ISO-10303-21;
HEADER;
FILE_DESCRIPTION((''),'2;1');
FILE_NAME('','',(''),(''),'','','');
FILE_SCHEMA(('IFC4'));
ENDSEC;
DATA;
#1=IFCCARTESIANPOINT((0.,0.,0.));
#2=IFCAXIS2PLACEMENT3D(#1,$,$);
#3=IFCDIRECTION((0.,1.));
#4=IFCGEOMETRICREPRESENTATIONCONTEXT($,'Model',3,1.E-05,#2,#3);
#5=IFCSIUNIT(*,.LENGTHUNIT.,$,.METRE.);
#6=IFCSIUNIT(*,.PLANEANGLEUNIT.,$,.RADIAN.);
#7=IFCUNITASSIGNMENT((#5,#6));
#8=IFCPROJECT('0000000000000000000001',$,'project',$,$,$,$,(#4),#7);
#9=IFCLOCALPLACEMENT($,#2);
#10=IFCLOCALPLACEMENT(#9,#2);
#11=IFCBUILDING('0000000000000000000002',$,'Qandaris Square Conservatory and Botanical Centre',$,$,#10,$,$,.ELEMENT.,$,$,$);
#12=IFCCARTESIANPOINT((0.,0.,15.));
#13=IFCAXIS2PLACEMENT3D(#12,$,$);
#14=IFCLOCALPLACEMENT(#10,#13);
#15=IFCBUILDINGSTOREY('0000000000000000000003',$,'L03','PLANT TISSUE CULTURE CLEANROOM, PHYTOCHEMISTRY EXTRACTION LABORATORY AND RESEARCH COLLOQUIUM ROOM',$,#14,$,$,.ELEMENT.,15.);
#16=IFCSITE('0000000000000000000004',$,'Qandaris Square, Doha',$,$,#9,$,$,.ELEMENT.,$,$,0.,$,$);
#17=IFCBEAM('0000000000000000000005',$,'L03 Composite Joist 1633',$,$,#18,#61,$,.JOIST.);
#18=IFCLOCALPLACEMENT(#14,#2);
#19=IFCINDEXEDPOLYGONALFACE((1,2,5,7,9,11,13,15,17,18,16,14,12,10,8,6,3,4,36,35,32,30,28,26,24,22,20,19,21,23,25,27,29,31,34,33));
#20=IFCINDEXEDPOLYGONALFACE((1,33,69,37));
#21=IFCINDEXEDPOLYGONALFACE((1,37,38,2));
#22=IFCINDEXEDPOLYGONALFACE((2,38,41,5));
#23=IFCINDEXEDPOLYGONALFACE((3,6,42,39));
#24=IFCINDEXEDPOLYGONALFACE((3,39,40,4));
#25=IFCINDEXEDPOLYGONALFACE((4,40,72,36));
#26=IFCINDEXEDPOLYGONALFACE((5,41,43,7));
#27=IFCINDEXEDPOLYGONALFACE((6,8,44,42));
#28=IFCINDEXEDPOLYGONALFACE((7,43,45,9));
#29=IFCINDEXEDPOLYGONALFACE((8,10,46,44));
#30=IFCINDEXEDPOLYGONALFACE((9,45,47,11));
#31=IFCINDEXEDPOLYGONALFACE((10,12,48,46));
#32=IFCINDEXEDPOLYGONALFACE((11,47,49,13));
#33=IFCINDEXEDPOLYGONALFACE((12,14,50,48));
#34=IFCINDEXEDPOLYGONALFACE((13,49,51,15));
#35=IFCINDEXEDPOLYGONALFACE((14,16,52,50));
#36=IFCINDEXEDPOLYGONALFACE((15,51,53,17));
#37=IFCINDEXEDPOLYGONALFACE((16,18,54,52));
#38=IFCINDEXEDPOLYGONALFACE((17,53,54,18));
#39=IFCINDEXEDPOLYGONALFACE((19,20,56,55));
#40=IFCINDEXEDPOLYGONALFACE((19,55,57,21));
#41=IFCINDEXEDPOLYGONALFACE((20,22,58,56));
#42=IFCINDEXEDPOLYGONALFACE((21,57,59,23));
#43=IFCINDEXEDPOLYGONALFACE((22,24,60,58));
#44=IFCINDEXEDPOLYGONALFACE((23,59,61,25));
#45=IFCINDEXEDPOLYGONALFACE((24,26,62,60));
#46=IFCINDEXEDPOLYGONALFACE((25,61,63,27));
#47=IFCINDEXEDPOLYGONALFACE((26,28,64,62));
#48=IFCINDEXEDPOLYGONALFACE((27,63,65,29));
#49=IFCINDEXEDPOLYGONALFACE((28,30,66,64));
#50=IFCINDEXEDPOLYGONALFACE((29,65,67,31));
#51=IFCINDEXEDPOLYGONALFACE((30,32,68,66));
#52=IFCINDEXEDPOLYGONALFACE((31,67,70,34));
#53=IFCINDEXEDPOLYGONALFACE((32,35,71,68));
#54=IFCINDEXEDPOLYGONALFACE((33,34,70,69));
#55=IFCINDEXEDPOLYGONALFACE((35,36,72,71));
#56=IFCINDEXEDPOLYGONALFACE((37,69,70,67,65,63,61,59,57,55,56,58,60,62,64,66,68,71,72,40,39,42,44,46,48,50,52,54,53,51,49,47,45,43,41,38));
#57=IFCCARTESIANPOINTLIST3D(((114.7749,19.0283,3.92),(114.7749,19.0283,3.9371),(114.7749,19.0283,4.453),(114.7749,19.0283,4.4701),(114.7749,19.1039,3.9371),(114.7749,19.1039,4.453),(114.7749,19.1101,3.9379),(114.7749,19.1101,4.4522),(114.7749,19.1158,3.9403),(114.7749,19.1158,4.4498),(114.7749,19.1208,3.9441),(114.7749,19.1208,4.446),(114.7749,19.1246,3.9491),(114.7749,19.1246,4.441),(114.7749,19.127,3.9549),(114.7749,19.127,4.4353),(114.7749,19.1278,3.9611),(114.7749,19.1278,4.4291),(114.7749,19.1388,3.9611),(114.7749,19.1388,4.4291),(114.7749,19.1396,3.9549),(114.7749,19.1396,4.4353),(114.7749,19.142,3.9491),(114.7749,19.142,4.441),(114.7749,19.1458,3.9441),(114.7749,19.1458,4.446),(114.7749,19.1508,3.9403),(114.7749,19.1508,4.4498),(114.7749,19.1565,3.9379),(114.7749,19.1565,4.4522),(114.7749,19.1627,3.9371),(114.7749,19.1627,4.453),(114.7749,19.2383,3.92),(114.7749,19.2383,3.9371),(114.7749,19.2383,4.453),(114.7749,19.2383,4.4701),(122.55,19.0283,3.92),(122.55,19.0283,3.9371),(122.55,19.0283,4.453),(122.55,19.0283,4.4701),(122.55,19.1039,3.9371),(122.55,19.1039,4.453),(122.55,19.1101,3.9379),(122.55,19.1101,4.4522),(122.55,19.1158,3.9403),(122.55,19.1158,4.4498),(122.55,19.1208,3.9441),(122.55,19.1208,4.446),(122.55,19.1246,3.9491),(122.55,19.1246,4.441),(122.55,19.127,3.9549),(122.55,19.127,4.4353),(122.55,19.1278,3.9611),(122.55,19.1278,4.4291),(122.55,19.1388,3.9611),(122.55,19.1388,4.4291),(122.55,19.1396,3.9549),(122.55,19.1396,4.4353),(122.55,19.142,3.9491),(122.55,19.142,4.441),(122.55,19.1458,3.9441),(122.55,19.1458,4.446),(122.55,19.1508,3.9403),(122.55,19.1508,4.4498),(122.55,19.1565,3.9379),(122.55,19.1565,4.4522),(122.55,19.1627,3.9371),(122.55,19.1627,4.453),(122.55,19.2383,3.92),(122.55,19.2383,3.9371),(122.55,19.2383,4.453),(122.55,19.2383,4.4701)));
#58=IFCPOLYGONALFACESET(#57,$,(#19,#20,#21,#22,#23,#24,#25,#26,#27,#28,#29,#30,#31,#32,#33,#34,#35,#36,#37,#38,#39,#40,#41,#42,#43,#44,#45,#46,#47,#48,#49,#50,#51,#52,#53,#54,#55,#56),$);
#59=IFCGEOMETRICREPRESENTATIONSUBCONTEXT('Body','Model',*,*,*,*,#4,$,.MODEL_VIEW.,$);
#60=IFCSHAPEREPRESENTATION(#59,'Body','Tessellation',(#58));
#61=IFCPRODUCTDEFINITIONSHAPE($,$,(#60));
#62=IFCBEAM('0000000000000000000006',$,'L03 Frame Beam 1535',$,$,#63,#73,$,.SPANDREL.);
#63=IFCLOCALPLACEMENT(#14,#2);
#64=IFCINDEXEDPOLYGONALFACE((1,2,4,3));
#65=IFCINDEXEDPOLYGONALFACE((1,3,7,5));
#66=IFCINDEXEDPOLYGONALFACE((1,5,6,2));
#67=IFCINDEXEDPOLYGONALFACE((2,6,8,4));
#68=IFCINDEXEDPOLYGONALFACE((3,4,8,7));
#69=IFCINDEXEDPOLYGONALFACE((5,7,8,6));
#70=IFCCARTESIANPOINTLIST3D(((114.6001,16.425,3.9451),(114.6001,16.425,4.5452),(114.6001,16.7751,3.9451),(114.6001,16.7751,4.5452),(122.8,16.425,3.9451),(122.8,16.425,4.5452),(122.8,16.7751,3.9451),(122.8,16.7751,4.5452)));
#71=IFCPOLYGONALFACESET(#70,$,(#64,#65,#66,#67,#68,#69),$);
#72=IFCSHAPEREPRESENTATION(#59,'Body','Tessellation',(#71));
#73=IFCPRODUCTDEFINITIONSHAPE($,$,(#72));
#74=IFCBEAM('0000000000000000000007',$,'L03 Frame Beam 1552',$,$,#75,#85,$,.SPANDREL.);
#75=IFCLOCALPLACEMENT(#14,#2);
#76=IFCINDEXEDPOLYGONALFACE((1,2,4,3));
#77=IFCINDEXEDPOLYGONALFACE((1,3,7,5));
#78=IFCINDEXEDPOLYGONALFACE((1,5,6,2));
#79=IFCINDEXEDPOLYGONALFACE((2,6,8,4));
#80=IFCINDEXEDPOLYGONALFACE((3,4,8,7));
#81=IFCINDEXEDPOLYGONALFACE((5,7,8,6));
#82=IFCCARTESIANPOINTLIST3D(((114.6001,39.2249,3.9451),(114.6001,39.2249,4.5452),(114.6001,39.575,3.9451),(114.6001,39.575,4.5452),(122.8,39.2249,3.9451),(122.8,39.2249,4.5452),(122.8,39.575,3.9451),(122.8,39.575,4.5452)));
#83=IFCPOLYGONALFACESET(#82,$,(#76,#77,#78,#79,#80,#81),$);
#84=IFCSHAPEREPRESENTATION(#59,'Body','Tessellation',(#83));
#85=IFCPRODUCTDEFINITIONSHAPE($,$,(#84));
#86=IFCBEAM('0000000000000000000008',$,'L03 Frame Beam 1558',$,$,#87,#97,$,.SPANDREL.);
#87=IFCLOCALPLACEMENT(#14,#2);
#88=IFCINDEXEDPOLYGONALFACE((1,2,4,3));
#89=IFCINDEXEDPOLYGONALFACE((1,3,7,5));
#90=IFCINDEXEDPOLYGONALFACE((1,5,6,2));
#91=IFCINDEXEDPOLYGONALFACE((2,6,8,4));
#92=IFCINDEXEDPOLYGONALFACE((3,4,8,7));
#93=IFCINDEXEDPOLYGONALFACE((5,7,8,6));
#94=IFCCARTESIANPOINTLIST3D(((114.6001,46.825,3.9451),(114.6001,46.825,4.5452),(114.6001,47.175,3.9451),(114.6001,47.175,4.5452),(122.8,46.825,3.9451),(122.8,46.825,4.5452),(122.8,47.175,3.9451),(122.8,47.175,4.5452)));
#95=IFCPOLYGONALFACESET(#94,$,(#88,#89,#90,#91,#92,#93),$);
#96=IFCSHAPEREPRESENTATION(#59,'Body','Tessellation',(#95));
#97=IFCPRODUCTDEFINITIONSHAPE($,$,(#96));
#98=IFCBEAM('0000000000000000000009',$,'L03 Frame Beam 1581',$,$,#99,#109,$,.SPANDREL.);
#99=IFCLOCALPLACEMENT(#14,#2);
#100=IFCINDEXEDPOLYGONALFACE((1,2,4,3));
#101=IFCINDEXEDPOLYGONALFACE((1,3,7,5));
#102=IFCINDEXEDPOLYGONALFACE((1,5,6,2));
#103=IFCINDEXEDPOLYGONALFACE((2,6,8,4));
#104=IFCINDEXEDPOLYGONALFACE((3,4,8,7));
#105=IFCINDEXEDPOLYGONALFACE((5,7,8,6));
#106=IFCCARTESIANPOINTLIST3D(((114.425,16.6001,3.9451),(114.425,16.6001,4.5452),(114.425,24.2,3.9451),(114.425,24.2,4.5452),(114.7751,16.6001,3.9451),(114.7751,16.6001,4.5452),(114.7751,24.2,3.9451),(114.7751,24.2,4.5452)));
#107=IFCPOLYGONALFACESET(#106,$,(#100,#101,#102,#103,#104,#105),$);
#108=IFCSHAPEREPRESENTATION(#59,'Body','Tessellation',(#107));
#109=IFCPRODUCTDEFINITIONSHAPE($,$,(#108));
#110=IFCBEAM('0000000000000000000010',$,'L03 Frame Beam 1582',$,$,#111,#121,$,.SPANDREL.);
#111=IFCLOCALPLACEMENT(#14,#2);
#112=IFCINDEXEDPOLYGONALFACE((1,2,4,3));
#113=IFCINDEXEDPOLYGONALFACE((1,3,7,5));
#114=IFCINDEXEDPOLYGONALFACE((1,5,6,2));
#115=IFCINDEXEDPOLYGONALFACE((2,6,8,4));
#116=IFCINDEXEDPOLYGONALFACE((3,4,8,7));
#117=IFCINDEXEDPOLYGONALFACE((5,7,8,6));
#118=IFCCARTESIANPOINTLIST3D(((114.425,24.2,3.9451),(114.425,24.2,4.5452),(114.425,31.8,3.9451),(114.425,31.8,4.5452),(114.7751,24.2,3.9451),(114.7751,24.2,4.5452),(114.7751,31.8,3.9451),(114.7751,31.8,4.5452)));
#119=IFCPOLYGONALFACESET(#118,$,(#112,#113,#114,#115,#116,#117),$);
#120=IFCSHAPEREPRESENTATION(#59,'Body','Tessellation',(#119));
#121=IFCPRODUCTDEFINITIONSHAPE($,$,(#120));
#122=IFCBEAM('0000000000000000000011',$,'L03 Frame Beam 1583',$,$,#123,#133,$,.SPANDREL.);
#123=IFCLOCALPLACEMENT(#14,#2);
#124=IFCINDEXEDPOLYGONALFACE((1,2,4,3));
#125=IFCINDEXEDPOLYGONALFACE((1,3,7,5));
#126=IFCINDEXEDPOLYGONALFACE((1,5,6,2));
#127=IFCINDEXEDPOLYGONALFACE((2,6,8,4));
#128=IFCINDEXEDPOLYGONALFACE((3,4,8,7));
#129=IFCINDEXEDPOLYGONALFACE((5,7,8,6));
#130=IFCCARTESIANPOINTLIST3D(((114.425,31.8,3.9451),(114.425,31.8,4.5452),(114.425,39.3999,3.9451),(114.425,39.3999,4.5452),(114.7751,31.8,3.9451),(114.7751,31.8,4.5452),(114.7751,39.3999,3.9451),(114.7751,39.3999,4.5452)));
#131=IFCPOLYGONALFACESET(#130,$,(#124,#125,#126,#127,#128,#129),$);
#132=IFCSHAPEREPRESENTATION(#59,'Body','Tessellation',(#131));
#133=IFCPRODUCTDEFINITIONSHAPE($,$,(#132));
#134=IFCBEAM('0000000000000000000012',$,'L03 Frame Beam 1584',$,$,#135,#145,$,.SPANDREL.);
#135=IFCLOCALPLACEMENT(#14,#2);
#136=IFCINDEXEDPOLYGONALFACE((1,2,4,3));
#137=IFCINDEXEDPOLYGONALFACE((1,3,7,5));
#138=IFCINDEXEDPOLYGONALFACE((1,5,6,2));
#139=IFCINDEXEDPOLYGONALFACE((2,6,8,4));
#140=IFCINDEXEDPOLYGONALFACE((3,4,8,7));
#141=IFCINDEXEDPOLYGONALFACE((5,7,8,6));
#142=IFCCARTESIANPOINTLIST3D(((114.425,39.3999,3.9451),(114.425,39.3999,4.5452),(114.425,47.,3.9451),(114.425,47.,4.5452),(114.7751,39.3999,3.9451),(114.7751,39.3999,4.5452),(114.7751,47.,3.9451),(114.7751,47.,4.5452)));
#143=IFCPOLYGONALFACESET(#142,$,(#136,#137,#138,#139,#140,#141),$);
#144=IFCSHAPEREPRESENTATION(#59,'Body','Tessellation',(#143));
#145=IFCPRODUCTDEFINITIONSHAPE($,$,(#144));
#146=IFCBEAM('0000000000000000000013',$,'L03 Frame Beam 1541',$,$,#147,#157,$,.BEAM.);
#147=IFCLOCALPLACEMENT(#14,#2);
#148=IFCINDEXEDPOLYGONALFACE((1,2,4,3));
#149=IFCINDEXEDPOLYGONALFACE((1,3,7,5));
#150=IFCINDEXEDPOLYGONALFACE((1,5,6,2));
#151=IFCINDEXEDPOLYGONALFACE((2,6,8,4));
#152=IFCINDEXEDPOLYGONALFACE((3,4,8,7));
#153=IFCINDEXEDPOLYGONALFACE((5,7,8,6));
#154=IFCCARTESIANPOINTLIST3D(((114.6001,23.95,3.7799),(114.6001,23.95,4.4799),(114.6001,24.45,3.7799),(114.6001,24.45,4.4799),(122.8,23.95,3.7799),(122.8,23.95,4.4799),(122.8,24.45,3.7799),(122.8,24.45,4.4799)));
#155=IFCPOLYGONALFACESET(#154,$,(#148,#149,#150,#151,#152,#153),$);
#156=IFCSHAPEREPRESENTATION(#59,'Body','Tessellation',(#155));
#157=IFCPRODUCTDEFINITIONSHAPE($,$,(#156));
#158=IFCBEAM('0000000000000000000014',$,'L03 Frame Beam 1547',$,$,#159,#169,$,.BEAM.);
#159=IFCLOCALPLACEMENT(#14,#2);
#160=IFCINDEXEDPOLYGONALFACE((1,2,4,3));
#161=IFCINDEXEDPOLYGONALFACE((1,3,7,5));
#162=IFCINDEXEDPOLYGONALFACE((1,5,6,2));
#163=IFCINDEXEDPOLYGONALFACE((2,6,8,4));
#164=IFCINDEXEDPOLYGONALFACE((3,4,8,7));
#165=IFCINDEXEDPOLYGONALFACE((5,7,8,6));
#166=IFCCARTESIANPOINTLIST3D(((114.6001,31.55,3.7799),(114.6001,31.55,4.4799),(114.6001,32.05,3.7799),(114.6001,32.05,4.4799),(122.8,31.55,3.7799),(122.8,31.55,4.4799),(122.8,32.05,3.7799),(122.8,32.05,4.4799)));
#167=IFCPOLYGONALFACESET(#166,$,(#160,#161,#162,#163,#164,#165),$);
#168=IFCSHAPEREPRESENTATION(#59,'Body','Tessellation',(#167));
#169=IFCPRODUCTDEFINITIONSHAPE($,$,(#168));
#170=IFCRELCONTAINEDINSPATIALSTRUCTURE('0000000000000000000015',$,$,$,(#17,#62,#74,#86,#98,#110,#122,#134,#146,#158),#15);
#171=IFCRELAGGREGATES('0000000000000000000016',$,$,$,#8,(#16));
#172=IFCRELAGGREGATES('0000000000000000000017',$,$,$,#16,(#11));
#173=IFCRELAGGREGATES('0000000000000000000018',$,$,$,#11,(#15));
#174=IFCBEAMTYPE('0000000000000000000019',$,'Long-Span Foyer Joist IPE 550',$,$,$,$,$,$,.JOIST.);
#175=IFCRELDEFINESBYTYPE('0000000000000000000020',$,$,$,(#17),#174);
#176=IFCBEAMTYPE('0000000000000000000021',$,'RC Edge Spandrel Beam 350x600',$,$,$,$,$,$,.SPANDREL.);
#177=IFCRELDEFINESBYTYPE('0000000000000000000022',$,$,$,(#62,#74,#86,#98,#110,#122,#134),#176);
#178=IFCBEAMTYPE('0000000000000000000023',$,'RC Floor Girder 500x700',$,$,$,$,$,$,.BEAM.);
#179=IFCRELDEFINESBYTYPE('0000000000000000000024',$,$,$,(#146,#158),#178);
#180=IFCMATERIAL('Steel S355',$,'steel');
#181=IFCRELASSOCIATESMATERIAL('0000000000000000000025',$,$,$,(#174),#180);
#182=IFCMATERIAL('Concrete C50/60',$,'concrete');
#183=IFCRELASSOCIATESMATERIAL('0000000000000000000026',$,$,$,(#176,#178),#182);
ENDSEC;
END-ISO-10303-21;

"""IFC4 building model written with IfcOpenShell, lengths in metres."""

from ifc_helpers import new_model, si_unit, direction, frame, origin, origin_2d, place, context, subcontext, project, spatial, rectangle, i_section, extrude, material, material_profile, profile_set, type_object, element, save


model = new_model("IFC4")

# Units and contexts
model_context = context("Model", 3, precision=1e-05, world=origin(), true_north=direction((0.0, 1.0)))
body_context = subcontext(model_context, "Body", "Model", "MODEL_VIEW")
ifc_project = project(units=[si_unit("LENGTHUNIT", "METRE"), si_unit("PLANEANGLEUNIT", "RADIAN")], contexts=[model_context])

# Site, building, storey
site_placement = place(None, origin())
site = spatial("IfcSite", under=ifc_project, at=site_placement, Name="Qandaris Square, Doha", CompositionType="ELEMENT", RefElevation=0.0)
building_placement = place(site_placement, origin())
building = spatial("IfcBuilding", under=site, at=building_placement, Name="Qandaris Square Conservatory and Botanical Centre", CompositionType="ELEMENT")
storey_placement = place(building_placement, frame((0.0, 0.0, 15.0)))
storey = spatial("IfcBuildingStorey", under=building, at=storey_placement, Name="L03", Description="PLANT TISSUE CULTURE CLEANROOM, PHYTOCHEMISTRY EXTRACTION LABORATORY AND RESEARCH COLLOQUIUM ROOM", CompositionType="ELEMENT", Elevation=15.0)

# Shared definitions
ifc_material_1 = material(Name="Concrete C50/60", Category="concrete")

# Beams
ifc_material_2 = material(Name="Steel S355", Category="steel")
ifc_material_profile_1 = material_profile(ifc_material_2, i_section(OverallWidth=0.21, OverallDepth=0.55, WebThickness=0.011, FlangeThickness=0.0171, FilletRadius=0.0239, at=origin_2d()), Name="IPE 550")
ifc_profile_set_1 = profile_set([ifc_material_profile_1], Name="Steel S355")
beam_type_1 = type_object("IfcBeamType", Name="Long-Span Foyer Joist IPE 550", PredefinedType="JOIST", material=ifc_profile_set_1)
beam_1_placement = place(storey_placement, frame((114.7749, 19.1333, 4.1951), z_axis=(1.0, 0.0, 0.0), x_axis=(0.0, 1.0, 0.0)))
element("IfcBeam", 1, at=beam_1_placement, inside=storey, type_object=beam_type_1, Name="L03 Composite Joist 1633", PredefinedType="JOIST", context=body_context, shape_type="SweptSolid", body=[
    extrude(i_section(OverallWidth=0.21, OverallDepth=0.55, WebThickness=0.011, FlangeThickness=0.0171, FilletRadius=0.0239, at=origin_2d()), origin(), (0.0, 0.0, 1.0), 7.7751),
])
ifc_material_profile_2 = material_profile(ifc_material_1, rectangle(XDim=0.3501, YDim=0.6001, at=origin_2d()), Name="RC-SP 350x600")
ifc_profile_set_2 = profile_set([ifc_material_profile_2], Name="Concrete C50/60")
beam_type_2 = type_object("IfcBeamType", Name="RC Edge Spandrel Beam 350x600", PredefinedType="SPANDREL", material=ifc_profile_set_2)
for number, where, z_axis, x_axis, name in (
    (2, (114.6001, 16.6001, 4.2451), (1.0, 0.0, 0.0), (0.0, 1.0, 0.0), "L03 Frame Beam 1535"),
    (3, (114.6001, 39.3999, 4.2451), (1.0, 0.0, 0.0), (0.0, 1.0, 0.0), "L03 Frame Beam 1552"),
    (4, (114.6001, 47.0, 4.2451), (1.0, 0.0, 0.0), (0.0, 1.0, 0.0), "L03 Frame Beam 1558"),
):
    element("IfcBeam", number, at=place(storey_placement, frame(where, z_axis=z_axis, x_axis=x_axis)), inside=storey, type_object=beam_type_2, Name=name, PredefinedType="SPANDREL", context=body_context, shape_type="SweptSolid", body=[
        extrude(rectangle(XDim=0.3501, YDim=0.6001, at=origin_2d()), origin(), (0.0, 0.0, 1.0), 8.2),
    ])
beam_2_placement = place(storey_placement, frame((114.6001, 16.6001, 4.2451), z_axis=(0.0, 1.0, 0.0), x_axis=(-1.0, 0.0, 0.0)))
element("IfcBeam", 5, at=beam_2_placement, inside=storey, type_object=beam_type_2, Name="L03 Frame Beam 1581", PredefinedType="SPANDREL", context=body_context, shape_type="SweptSolid", body=[
    extrude(rectangle(XDim=0.3501, YDim=0.6001, at=origin_2d()), origin(), (0.0, 0.0, 1.0), 7.5999),
])
beam_3_placement = place(storey_placement, frame((114.6001, 24.2, 4.2451), z_axis=(0.0, 1.0, 0.0), x_axis=(-1.0, 0.0, 0.0)))
element("IfcBeam", 6, at=beam_3_placement, inside=storey, type_object=beam_type_2, Name="L03 Frame Beam 1582", PredefinedType="SPANDREL", context=body_context, shape_type="SweptSolid", body=[
    extrude(rectangle(XDim=0.3501, YDim=0.6001, at=origin_2d()), origin(), (0.0, 0.0, 1.0), 7.6001),
])
beam_4_placement = place(storey_placement, frame((114.6001, 31.8, 4.2451), z_axis=(0.0, 1.0, 0.0), x_axis=(-1.0, 0.0, 0.0)))
element("IfcBeam", 7, at=beam_4_placement, inside=storey, type_object=beam_type_2, Name="L03 Frame Beam 1583", PredefinedType="SPANDREL", context=body_context, shape_type="SweptSolid", body=[
    extrude(rectangle(XDim=0.3501, YDim=0.6001, at=origin_2d()), origin(), (0.0, 0.0, 1.0), 7.5999),
])
beam_5_placement = place(storey_placement, frame((114.6001, 39.3999, 4.2451), z_axis=(0.0, 1.0, 0.0), x_axis=(-1.0, 0.0, 0.0)))
element("IfcBeam", 8, at=beam_5_placement, inside=storey, type_object=beam_type_2, Name="L03 Frame Beam 1584", PredefinedType="SPANDREL", context=body_context, shape_type="SweptSolid", body=[
    extrude(rectangle(XDim=0.3501, YDim=0.6001, at=origin_2d()), origin(), (0.0, 0.0, 1.0), 7.6001),
])
ifc_material_profile_3 = material_profile(ifc_material_1, rectangle(XDim=0.5, YDim=0.7, at=origin_2d()), Name="RC-BM 500x700")
ifc_profile_set_3 = profile_set([ifc_material_profile_3], Name="Concrete C50/60")
beam_type_3 = type_object("IfcBeamType", Name="RC Floor Girder 500x700", PredefinedType="BEAM", material=ifc_profile_set_3)
for number, where, z_axis, x_axis, name in (
    (9, (114.6001, 24.2, 4.1299), (1.0, 0.0, 0.0), (0.0, 1.0, 0.0), "L03 Frame Beam 1541"),
    (10, (114.6001, 31.8, 4.1299), (1.0, 0.0, 0.0), (0.0, 1.0, 0.0), "L03 Frame Beam 1547"),
):
    element("IfcBeam", number, at=place(storey_placement, frame(where, z_axis=z_axis, x_axis=x_axis)), inside=storey, type_object=beam_type_3, Name=name, PredefinedType="BEAM", context=body_context, shape_type="SweptSolid", body=[
        extrude(rectangle(XDim=0.5, YDim=0.7, at=origin_2d()), origin(), (0.0, 0.0, 1.0), 8.2),
    ])

save(model, "model.ifc")
